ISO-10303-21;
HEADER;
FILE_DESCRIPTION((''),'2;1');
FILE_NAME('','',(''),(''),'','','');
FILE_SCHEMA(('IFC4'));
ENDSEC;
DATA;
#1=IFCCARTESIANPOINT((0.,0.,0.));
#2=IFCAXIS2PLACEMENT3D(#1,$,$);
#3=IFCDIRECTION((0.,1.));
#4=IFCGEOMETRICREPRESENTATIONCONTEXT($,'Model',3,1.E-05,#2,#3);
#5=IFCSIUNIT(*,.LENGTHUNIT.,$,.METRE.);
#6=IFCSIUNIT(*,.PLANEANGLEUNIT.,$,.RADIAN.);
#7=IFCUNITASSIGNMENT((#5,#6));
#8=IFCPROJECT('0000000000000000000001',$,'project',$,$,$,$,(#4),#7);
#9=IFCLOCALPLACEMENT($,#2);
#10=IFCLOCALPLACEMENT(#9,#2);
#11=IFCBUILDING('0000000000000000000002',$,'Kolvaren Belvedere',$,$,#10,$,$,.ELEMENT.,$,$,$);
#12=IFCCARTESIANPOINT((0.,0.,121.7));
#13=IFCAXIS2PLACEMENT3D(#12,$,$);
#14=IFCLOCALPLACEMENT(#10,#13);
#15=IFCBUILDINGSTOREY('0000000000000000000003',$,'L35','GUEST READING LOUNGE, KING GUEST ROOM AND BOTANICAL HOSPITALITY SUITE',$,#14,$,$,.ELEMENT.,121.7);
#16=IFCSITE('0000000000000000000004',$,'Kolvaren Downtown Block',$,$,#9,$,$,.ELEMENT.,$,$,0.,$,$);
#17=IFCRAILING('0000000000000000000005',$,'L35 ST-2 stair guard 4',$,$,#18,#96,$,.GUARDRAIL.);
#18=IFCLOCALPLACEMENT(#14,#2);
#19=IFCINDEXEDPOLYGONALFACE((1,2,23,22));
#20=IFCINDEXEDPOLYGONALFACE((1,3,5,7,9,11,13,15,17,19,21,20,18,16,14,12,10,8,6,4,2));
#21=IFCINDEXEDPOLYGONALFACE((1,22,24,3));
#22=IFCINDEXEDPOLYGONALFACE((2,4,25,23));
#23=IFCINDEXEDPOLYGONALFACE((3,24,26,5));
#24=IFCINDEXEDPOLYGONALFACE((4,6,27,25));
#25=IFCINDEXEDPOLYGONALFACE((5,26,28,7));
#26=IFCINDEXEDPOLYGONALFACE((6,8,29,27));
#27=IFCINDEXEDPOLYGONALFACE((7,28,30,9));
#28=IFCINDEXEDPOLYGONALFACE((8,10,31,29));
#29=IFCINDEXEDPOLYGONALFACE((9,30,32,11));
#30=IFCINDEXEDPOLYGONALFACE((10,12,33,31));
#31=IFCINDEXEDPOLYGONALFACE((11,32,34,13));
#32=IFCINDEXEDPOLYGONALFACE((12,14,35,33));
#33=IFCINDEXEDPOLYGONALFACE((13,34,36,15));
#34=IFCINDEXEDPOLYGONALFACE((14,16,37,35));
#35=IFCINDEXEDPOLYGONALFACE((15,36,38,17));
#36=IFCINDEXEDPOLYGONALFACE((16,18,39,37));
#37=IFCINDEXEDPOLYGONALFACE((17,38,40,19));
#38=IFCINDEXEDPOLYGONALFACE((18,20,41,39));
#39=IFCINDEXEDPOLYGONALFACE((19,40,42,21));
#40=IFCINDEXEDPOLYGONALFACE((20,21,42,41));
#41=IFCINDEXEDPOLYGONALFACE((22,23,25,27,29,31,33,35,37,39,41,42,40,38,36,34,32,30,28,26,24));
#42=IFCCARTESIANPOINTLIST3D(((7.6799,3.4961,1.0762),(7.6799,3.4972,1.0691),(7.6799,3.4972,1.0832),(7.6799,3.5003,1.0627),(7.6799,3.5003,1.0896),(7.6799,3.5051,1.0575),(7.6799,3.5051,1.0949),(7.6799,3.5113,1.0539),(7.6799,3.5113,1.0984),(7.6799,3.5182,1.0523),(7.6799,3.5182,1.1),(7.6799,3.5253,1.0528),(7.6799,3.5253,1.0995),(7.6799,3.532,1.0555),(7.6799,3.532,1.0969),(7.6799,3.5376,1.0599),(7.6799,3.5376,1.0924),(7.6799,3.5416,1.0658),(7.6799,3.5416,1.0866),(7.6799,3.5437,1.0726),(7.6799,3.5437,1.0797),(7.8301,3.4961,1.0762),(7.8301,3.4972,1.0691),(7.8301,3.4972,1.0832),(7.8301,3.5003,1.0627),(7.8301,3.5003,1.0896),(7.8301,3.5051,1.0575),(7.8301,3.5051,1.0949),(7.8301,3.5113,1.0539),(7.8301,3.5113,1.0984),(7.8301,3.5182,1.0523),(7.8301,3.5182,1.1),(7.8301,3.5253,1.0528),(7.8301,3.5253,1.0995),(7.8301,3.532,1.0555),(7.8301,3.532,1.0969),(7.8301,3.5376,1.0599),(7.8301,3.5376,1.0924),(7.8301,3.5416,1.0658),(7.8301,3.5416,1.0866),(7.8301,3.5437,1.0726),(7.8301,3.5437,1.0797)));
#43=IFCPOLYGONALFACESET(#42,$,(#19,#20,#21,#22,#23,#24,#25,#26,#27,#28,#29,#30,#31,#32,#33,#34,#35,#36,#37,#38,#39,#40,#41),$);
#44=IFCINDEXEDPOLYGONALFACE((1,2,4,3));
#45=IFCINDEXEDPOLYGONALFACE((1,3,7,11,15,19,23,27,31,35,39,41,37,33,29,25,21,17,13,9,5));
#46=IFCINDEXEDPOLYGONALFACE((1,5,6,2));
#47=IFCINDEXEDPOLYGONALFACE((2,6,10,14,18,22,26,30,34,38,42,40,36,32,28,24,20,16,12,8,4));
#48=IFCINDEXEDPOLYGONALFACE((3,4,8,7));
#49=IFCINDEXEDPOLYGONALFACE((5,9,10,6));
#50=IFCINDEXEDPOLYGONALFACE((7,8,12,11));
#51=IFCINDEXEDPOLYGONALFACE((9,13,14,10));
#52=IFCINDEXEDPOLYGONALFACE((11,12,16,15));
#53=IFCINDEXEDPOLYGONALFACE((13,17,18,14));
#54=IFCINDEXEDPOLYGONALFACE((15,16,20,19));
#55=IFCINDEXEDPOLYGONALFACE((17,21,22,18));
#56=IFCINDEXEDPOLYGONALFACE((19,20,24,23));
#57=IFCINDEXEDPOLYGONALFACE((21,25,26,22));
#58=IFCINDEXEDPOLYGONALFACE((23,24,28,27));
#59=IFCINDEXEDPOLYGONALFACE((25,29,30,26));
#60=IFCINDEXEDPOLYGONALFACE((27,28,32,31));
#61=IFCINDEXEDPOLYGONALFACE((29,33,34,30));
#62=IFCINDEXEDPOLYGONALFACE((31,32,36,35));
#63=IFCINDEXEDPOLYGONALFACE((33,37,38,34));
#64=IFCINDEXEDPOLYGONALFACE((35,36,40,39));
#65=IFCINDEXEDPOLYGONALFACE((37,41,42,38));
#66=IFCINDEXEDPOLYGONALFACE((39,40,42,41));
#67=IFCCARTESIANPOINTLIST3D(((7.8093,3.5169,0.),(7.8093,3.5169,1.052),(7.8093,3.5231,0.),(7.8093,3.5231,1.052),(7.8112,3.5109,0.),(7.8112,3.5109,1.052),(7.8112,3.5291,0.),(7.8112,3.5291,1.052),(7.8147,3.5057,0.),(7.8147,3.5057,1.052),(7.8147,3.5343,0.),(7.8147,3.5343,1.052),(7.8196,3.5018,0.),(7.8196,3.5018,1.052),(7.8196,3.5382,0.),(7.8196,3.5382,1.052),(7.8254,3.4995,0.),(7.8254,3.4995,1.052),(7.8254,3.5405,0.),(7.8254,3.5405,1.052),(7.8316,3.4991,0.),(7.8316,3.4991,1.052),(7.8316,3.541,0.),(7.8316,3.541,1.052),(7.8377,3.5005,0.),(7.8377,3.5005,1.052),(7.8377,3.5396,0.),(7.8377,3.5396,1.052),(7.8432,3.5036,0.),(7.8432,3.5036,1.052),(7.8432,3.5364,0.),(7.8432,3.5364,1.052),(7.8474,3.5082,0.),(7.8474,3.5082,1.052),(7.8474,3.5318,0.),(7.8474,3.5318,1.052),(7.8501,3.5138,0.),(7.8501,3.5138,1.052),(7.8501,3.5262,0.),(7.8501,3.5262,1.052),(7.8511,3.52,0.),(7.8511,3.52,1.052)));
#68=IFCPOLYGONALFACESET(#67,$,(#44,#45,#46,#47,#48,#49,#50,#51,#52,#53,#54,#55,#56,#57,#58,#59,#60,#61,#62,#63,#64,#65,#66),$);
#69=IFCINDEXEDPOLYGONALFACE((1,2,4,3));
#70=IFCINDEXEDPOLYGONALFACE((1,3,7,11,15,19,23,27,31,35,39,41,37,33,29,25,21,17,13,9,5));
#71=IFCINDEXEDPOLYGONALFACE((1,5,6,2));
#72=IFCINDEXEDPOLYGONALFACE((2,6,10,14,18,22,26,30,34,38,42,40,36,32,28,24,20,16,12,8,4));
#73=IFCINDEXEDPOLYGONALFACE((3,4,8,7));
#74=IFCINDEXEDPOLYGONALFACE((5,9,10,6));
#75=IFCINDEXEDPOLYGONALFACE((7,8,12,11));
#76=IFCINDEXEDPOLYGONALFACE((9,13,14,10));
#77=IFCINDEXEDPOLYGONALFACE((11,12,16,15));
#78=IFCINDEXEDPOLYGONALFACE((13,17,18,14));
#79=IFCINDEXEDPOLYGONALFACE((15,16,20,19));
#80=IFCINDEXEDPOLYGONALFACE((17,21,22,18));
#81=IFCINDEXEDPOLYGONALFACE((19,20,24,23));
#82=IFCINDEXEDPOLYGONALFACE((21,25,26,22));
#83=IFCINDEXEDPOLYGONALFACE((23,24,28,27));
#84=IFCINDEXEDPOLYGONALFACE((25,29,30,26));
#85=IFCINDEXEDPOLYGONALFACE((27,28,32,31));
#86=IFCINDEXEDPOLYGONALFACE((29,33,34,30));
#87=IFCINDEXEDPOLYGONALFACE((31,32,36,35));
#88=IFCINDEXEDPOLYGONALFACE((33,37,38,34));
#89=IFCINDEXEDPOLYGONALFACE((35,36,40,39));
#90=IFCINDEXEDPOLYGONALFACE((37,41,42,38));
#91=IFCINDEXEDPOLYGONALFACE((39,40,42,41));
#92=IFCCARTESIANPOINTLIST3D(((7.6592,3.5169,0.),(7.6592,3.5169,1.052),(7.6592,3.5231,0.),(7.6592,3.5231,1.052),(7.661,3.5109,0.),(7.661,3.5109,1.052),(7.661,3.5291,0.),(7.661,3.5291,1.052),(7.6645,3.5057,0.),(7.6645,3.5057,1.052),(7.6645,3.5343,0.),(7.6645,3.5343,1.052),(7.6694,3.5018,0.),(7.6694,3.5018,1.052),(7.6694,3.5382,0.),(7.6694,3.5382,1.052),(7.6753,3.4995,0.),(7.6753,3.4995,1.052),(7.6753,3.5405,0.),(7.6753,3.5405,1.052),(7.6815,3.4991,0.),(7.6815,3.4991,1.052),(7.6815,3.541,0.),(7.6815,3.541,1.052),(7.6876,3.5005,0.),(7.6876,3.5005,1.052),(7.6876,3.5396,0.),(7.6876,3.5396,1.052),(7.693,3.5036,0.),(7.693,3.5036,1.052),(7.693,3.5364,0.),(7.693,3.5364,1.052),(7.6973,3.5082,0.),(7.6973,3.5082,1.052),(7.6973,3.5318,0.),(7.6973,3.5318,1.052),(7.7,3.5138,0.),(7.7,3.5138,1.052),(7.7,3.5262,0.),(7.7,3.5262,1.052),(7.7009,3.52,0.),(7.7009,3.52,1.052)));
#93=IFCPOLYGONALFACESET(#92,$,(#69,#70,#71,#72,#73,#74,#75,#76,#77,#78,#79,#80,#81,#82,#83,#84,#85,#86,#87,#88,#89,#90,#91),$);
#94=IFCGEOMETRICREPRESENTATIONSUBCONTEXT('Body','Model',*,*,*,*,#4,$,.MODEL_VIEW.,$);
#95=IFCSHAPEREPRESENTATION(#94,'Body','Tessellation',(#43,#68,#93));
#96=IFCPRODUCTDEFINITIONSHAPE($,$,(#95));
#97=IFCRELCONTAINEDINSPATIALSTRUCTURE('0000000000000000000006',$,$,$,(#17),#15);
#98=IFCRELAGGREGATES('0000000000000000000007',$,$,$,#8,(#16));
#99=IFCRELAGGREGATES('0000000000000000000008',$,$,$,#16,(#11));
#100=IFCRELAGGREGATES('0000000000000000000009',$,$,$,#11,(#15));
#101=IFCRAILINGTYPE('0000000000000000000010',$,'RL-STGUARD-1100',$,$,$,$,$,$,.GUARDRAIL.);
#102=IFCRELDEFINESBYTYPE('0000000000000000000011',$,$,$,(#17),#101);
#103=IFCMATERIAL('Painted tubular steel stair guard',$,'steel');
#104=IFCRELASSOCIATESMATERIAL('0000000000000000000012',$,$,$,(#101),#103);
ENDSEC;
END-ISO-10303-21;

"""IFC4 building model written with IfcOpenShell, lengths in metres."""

from ifc_helpers import new_model, si_unit, direction, frame, origin, origin_2d, place, context, subcontext, project, spatial, circle, extrude, material, type_object, element, save


model = new_model("IFC4")

# Units and contexts
model_context = context("Model", 3, precision=1e-05, world=origin(), true_north=direction((0.0, 1.0)))
body_context = subcontext(model_context, "Body", "Model", "MODEL_VIEW")
ifc_project = project(units=[si_unit("LENGTHUNIT", "METRE"), si_unit("PLANEANGLEUNIT", "RADIAN")], contexts=[model_context])

# Site, building, storey
site_placement = place(None, origin())
site = spatial("IfcSite", under=ifc_project, at=site_placement, Name="Kolvaren Downtown Block", CompositionType="ELEMENT", RefElevation=0.0)
building_placement = place(site_placement, origin())
building = spatial("IfcBuilding", under=site, at=building_placement, Name="Kolvaren Belvedere", CompositionType="ELEMENT")
storey_placement = place(building_placement, frame((0.0, 0.0, 121.7)))
storey = spatial("IfcBuildingStorey", under=building, at=storey_placement, Name="L35", Description="GUEST READING LOUNGE, KING GUEST ROOM AND BOTANICAL HOSPITALITY SUITE", CompositionType="ELEMENT", Elevation=121.7)

# Railing
ifc_material_1 = material(Name="Painted tubular steel stair guard", Category="steel")
railing_type_1 = type_object("IfcRailingType", Name="RL-STGUARD-1100", PredefinedType="GUARDRAIL", material=ifc_material_1)
railing_1_placement = place(storey_placement, frame((7.8301, 3.52, 0.0)))
element("IfcRailing", 1, at=railing_1_placement, inside=storey, type_object=railing_type_1, Name="L35 ST-2 stair guard 4", PredefinedType="GUARDRAIL", context=body_context, shape_type="SweptSolid", body=[
    extrude(circle(Radius=0.0239, at=origin_2d()), frame((0.0, 0.0, 1.0762), z_axis=(-1.0, 0.0, 0.0), x_axis=(0.0, -1.0, 0.0)), (0.0, 0.0, 1.0), 0.1501),
    extrude(circle(Radius=0.021, at=origin_2d()), origin(), (0.0, 0.0, 1.0), 1.052),
    extrude(circle(Radius=0.021, at=origin_2d()), frame((-0.1501, 0.0, 0.0)), (0.0, 0.0, 1.0), 1.052),
])

save(model, "model.ifc")
